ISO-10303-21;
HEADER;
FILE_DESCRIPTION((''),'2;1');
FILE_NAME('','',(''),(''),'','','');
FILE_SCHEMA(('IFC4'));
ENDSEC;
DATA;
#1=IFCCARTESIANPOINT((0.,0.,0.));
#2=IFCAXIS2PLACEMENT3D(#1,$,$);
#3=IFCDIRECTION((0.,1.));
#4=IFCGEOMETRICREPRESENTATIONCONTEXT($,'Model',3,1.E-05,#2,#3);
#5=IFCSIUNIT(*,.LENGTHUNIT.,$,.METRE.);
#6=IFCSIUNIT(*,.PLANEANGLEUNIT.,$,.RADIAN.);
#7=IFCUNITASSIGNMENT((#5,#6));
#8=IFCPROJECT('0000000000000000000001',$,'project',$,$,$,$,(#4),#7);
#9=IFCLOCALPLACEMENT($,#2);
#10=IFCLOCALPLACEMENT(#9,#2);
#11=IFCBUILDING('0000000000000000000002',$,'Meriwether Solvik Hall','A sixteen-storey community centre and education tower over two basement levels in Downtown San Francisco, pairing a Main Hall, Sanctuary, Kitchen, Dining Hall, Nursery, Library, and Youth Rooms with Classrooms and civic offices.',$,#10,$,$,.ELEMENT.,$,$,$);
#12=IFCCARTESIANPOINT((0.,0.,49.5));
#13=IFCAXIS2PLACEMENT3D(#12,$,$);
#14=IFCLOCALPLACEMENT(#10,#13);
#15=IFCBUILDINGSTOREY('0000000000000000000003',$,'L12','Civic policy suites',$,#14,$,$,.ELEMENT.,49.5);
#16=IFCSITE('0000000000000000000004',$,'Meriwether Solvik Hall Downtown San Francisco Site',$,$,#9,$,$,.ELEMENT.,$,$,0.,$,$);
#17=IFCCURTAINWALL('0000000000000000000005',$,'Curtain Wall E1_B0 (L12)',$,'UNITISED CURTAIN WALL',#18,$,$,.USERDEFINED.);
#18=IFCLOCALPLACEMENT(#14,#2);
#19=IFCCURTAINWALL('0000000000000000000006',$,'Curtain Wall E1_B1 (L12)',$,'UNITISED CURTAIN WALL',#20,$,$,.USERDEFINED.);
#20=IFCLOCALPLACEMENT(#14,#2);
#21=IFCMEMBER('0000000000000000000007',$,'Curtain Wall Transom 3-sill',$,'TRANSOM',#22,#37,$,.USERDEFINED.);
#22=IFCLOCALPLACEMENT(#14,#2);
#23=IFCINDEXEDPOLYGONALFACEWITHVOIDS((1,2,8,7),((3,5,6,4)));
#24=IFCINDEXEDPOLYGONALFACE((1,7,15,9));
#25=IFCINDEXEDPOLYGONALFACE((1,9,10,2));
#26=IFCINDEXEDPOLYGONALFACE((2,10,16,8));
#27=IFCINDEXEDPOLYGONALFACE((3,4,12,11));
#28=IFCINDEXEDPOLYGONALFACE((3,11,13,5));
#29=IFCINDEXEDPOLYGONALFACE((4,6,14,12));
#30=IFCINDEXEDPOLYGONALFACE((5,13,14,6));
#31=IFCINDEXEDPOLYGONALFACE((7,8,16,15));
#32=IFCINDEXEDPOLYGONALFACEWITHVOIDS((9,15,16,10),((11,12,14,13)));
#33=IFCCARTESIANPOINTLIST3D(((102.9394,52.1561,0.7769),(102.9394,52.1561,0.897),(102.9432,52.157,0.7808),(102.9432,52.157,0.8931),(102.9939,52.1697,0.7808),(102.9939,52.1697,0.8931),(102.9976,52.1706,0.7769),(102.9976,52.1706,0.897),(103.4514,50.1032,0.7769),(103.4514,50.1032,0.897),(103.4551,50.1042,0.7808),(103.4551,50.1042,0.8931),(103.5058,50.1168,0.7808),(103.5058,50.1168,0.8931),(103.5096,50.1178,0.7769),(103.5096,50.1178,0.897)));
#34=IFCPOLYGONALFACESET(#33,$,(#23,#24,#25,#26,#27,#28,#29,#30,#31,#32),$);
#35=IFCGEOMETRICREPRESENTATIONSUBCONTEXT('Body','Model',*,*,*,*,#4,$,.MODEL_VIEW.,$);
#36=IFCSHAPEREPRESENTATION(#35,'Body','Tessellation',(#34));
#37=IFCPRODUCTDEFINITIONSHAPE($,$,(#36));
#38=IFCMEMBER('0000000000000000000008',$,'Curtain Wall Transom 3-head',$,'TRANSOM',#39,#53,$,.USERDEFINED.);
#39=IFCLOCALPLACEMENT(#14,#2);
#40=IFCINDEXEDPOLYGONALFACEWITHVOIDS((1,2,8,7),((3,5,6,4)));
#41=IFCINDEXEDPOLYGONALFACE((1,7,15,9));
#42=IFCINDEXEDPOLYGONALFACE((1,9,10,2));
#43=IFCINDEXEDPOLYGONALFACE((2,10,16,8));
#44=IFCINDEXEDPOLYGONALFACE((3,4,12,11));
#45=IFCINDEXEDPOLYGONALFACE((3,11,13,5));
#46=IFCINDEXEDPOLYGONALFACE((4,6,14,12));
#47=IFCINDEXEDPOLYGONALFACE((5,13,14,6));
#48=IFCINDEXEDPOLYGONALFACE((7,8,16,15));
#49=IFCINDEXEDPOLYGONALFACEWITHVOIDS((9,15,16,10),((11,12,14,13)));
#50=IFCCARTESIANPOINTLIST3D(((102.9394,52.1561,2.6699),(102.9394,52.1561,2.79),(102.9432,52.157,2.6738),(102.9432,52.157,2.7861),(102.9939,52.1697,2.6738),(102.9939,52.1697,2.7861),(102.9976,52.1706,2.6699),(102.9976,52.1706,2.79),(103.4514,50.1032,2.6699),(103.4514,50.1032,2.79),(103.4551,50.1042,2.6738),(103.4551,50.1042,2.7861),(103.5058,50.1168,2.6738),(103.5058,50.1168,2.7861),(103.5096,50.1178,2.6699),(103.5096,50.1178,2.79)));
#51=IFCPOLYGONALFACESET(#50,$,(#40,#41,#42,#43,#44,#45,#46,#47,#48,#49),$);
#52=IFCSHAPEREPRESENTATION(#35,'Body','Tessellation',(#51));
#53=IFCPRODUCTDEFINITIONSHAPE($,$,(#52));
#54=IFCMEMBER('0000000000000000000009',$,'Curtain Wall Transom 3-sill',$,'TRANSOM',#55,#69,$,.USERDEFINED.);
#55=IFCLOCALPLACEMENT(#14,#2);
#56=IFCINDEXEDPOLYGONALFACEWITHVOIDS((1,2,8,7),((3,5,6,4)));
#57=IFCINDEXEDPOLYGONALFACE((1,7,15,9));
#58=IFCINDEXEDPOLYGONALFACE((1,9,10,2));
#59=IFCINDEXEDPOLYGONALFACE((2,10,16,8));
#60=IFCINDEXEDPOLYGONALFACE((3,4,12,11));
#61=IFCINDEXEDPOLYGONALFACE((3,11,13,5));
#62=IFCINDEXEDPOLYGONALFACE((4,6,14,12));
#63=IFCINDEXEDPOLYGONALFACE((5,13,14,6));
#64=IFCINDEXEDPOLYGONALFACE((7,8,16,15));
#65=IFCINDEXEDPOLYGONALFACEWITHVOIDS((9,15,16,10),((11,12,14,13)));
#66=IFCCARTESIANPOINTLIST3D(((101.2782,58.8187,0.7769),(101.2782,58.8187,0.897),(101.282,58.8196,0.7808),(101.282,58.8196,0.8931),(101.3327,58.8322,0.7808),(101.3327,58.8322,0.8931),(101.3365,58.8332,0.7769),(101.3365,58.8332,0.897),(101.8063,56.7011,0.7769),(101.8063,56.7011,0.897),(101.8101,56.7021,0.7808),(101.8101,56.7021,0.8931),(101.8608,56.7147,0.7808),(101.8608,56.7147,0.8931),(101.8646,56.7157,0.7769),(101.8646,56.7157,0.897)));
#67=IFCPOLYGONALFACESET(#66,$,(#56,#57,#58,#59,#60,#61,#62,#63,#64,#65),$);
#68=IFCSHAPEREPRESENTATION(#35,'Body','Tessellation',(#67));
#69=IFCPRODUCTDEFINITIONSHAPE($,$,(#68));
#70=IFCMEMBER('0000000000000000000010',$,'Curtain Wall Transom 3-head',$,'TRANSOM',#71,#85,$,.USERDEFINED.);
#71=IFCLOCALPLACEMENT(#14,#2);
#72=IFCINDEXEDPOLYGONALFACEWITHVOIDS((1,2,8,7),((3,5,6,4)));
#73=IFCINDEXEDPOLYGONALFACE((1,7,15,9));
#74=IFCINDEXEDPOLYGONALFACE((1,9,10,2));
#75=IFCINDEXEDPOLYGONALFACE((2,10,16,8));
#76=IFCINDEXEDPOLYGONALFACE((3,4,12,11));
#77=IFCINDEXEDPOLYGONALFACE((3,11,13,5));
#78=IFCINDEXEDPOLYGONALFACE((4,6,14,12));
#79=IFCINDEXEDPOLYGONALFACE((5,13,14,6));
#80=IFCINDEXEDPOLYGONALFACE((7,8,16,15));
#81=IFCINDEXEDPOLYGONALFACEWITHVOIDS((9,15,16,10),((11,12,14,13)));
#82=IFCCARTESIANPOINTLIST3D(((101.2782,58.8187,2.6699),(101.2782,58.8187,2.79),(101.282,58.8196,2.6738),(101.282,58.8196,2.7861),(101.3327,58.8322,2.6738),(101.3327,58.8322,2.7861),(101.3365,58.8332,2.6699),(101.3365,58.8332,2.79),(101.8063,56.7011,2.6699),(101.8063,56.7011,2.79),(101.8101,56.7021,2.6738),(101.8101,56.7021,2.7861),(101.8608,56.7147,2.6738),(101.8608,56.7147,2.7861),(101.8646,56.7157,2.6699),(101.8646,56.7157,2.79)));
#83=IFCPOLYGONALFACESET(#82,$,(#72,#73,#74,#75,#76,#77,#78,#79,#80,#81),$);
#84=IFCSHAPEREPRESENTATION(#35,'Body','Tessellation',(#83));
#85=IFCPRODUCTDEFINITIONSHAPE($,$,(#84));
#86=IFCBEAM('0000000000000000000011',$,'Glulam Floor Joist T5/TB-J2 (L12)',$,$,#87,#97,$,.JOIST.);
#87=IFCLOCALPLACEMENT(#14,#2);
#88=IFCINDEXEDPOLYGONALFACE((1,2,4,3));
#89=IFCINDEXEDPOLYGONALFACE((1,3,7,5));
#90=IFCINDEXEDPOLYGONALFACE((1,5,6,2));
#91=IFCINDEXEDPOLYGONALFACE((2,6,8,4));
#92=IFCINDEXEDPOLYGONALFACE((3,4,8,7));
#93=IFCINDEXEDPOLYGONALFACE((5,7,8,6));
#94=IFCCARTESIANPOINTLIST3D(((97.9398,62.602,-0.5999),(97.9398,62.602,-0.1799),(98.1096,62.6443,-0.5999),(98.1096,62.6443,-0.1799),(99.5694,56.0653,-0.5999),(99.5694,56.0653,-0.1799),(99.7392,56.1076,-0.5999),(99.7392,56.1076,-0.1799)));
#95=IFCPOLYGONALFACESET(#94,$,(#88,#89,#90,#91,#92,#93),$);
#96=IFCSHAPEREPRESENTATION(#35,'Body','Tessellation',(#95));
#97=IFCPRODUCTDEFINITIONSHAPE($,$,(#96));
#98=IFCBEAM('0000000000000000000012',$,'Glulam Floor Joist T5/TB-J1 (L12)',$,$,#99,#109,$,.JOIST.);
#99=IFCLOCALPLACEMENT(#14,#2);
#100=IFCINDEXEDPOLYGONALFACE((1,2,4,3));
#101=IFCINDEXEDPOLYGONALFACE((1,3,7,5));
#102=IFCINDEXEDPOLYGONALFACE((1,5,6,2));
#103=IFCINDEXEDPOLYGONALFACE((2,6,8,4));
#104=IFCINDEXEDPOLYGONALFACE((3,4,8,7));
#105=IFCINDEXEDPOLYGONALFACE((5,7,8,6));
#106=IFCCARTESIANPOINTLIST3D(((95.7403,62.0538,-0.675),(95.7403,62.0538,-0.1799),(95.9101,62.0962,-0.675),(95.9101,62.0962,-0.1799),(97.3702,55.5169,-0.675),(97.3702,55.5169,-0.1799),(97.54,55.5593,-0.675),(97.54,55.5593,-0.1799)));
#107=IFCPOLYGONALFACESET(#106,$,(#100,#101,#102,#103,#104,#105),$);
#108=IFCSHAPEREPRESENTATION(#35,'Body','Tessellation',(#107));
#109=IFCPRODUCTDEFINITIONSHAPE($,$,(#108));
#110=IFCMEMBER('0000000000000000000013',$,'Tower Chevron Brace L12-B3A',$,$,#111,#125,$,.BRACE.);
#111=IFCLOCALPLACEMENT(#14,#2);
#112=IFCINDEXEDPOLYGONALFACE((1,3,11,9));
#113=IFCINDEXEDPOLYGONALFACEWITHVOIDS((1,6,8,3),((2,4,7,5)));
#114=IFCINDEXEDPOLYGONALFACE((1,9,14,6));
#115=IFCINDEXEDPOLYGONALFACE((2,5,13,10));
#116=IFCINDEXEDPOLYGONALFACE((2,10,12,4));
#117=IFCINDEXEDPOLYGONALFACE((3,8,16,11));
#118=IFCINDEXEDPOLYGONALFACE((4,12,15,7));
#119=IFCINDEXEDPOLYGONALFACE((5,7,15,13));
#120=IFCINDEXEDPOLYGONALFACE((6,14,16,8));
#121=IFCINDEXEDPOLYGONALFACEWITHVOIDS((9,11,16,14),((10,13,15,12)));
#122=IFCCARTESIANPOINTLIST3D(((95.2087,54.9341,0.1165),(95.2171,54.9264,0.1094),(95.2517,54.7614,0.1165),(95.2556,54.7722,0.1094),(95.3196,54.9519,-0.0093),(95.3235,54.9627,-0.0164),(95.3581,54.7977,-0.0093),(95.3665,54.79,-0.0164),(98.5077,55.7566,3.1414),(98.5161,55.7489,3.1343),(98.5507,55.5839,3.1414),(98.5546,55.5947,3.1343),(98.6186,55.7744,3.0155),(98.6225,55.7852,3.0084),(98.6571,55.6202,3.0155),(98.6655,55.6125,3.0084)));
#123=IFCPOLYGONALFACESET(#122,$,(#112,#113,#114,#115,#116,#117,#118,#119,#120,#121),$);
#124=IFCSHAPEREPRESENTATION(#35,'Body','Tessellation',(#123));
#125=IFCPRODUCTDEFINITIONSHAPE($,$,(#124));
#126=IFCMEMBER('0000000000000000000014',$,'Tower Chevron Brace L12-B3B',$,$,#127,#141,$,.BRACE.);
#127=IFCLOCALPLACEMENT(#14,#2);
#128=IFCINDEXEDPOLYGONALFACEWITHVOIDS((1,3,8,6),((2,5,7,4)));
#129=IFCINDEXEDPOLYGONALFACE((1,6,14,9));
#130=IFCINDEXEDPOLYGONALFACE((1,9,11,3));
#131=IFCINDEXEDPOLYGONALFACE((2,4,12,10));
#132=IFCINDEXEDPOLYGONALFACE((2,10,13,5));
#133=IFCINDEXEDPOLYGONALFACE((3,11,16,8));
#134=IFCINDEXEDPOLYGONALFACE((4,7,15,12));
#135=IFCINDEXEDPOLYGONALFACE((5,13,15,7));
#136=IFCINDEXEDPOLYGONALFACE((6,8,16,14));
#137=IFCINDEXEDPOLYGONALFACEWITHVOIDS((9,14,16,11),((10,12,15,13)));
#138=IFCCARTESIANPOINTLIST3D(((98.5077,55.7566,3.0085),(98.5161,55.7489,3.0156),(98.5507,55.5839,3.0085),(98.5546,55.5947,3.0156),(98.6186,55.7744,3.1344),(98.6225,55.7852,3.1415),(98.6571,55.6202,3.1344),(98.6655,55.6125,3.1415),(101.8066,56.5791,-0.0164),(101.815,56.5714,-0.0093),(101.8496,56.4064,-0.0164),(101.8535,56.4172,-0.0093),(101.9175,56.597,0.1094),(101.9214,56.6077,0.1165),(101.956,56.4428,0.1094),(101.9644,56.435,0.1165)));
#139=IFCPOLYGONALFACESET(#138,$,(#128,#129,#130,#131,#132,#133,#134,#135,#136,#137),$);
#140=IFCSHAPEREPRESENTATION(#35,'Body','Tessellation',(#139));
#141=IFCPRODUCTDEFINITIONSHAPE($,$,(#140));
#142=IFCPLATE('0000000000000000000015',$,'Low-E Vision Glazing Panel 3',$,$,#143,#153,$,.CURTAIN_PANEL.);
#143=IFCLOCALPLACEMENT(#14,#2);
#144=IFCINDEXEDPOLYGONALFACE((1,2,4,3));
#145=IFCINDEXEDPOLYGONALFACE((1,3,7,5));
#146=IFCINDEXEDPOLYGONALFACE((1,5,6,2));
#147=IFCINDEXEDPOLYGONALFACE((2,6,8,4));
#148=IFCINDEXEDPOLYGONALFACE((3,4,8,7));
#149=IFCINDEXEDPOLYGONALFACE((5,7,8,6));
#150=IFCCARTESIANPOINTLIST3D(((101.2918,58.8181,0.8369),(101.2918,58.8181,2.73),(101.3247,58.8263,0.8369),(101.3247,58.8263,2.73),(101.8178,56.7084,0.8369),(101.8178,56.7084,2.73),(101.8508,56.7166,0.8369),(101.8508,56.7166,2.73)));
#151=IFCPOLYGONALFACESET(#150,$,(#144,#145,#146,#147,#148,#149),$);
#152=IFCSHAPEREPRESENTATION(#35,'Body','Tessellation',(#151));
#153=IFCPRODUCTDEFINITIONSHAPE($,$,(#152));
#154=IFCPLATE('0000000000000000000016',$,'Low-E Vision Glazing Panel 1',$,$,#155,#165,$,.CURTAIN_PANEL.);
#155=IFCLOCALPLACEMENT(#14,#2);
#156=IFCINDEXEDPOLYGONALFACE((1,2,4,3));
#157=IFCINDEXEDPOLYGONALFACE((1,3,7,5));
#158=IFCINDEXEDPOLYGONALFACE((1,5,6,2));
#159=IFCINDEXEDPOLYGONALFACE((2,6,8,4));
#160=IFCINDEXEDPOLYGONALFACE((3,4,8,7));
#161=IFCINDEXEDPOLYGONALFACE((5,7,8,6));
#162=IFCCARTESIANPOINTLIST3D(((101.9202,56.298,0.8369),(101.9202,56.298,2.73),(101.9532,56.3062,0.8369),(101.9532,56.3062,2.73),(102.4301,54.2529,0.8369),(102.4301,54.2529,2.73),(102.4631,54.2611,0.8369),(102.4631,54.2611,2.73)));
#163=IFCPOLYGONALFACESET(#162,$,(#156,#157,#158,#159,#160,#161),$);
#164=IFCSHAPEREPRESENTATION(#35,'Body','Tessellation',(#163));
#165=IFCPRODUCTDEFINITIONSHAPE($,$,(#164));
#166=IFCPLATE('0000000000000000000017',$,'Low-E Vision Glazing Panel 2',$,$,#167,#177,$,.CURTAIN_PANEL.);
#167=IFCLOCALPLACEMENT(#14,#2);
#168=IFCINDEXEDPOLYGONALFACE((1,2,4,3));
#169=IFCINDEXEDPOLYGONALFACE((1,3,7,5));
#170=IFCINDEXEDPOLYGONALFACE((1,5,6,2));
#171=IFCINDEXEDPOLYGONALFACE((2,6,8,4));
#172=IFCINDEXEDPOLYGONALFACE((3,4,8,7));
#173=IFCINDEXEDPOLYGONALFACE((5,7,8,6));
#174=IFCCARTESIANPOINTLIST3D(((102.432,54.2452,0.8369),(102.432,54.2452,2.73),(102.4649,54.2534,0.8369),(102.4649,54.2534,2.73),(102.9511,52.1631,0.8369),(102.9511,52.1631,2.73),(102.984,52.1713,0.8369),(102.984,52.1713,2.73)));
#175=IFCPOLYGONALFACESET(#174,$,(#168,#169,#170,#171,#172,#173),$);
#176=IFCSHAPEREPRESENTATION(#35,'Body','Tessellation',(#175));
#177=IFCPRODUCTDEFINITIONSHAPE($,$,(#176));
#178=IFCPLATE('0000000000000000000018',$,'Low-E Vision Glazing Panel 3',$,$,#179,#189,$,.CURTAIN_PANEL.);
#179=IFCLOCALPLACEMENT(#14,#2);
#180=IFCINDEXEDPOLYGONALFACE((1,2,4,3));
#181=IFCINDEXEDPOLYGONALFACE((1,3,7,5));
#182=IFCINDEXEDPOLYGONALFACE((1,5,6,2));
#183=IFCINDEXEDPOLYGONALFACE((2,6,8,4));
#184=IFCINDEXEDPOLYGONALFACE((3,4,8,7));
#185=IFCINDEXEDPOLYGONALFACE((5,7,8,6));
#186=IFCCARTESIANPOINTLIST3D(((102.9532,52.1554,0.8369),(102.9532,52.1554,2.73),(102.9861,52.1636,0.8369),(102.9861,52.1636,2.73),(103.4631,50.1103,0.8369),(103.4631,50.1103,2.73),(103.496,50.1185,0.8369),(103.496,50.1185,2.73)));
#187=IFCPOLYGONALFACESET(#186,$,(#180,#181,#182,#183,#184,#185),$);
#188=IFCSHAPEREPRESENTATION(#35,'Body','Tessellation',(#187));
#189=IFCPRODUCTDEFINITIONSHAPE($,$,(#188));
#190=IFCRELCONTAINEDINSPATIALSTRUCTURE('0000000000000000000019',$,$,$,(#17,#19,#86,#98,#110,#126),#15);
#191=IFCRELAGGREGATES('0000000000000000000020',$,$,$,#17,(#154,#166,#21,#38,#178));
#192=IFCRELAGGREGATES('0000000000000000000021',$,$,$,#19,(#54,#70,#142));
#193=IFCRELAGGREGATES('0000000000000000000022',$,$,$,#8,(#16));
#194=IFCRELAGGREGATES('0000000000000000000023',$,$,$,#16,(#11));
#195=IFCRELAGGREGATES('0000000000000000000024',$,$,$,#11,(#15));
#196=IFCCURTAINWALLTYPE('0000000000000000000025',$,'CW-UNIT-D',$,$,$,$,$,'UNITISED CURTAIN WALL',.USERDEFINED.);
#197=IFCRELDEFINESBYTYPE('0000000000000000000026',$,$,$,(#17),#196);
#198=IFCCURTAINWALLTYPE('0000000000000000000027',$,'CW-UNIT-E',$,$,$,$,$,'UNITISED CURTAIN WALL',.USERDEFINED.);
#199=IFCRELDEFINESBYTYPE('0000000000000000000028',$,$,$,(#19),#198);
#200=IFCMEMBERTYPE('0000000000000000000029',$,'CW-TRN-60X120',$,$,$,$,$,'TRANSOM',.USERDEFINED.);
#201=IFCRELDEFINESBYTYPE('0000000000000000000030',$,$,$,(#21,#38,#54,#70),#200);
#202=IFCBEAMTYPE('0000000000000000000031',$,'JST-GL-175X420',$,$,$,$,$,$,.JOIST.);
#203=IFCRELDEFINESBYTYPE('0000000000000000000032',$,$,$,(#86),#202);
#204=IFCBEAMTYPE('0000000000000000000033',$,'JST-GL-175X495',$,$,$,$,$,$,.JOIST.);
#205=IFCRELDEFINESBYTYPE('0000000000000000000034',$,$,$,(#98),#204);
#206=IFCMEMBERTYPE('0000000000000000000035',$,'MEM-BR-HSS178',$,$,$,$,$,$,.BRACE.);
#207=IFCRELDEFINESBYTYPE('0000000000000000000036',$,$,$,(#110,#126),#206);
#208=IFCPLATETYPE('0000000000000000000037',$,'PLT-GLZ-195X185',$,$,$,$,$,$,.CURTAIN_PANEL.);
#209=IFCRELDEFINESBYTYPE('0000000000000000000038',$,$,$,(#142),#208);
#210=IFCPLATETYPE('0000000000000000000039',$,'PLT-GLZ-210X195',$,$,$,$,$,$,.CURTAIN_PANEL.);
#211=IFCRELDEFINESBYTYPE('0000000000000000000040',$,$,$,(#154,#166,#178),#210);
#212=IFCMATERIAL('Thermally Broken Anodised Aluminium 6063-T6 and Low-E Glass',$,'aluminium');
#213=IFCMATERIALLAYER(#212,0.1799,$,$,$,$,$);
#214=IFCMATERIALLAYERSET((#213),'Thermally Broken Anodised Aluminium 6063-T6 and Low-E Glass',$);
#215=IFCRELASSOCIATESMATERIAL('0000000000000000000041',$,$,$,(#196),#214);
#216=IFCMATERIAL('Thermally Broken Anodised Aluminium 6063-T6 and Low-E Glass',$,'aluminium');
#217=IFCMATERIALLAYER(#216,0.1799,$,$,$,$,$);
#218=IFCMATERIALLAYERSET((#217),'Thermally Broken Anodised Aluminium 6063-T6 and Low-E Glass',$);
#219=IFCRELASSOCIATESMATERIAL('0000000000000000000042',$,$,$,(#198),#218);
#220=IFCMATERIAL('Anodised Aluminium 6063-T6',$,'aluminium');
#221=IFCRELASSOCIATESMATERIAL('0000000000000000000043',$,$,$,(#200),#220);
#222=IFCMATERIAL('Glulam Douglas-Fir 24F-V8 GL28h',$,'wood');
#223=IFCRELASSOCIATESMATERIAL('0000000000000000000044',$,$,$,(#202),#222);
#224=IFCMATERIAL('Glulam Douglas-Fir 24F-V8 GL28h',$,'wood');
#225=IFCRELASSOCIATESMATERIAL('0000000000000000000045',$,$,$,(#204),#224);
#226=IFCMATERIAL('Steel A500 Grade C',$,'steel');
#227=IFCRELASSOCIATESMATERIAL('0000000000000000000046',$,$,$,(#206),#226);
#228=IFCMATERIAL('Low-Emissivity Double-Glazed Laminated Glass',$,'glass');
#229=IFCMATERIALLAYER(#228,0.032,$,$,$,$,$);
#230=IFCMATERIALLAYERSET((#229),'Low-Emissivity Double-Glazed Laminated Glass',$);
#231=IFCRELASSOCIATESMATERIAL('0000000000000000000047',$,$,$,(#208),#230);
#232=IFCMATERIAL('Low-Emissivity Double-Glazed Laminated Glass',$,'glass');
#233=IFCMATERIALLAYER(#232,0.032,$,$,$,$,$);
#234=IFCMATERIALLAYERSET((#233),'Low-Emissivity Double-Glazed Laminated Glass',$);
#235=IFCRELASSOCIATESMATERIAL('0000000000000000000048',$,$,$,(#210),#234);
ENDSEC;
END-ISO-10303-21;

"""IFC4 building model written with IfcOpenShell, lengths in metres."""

from ifc_helpers import new_model, si_unit, direction, frame, origin, origin_2d, place, context, subcontext, project, spatial, rectangle, hollow_rectangle, extrude, material, layer, layer_set, material_profile, profile_set, type_object, element, aggregate, save


model = new_model("IFC4")

# Units and contexts
model_context = context("Model", 3, precision=1e-05, world=origin(), true_north=direction((0.0, 1.0)))
body_context = subcontext(model_context, "Body", "Model", "MODEL_VIEW")
ifc_project = project(units=[si_unit("LENGTHUNIT", "METRE"), si_unit("PLANEANGLEUNIT", "RADIAN")], contexts=[model_context])

# Site, building, storey
site_placement = place(None, origin())
site = spatial("IfcSite", under=ifc_project, at=site_placement, Name="Meriwether Solvik Hall Downtown San Francisco Site", CompositionType="ELEMENT", RefElevation=0.0)
building_placement = place(site_placement, origin())
building = spatial("IfcBuilding", under=site, at=building_placement, Name="Meriwether Solvik Hall", Description="A sixteen-storey community centre and education tower over two basement levels in Downtown San Francisco, pairing a Main Hall, Sanctuary, Kitchen, Dining Hall, Nursery, Library, and Youth Rooms with Classrooms and civic offices.", CompositionType="ELEMENT")
storey_placement = place(building_placement, frame((0.0, 0.0, 49.5)))
storey = spatial("IfcBuildingStorey", under=building, at=storey_placement, Name="L12", Description="Civic policy suites", CompositionType="ELEMENT", Elevation=49.5)

# Curtain walls
ifc_material_1 = material(Name="Thermally Broken Anodised Aluminium 6063-T6 and Low-E Glass", Category="aluminium")
ifc_layer_1 = layer(ifc_material_1, 0.1799)
ifc_layer_set_1 = layer_set([ifc_layer_1], Name="Thermally Broken Anodised Aluminium 6063-T6 and Low-E Glass")
curtain_wall_type_1 = type_object("IfcCurtainWallType", Name="CW-UNIT-D", ElementType="UNITISED CURTAIN WALL", PredefinedType="USERDEFINED", material=ifc_layer_set_1)
curtain_wall_1_placement = place(storey_placement, origin())
curtain_wall_1 = element("IfcCurtainWall", 1, at=curtain_wall_1_placement, inside=storey, type_object=curtain_wall_type_1, Name="Curtain Wall E1_B0 (L12)", ObjectType="UNITISED CURTAIN WALL", PredefinedType="USERDEFINED")
ifc_material_2 = material(Name="Thermally Broken Anodised Aluminium 6063-T6 and Low-E Glass", Category="aluminium")
ifc_layer_2 = layer(ifc_material_2, 0.1799)
ifc_layer_set_2 = layer_set([ifc_layer_2], Name="Thermally Broken Anodised Aluminium 6063-T6 and Low-E Glass")
curtain_wall_type_2 = type_object("IfcCurtainWallType", Name="CW-UNIT-E", ElementType="UNITISED CURTAIN WALL", PredefinedType="USERDEFINED", material=ifc_layer_set_2)
curtain_wall_2_placement = place(storey_placement, origin())
curtain_wall_2 = element("IfcCurtainWall", 2, at=curtain_wall_2_placement, inside=storey, type_object=curtain_wall_type_2, Name="Curtain Wall E1_B1 (L12)", ObjectType="UNITISED CURTAIN WALL", PredefinedType="USERDEFINED")

# Members
ifc_material_3 = material(Name="Anodised Aluminium 6063-T6", Category="aluminium")
ifc_material_profile_1 = material_profile(ifc_material_3, hollow_rectangle(XDim=0.0601, YDim=0.1201, WallThickness=0.0039, at=origin_2d()), Name="CWT-60X120")
ifc_profile_set_1 = profile_set([ifc_material_profile_1], Name="Anodised Aluminium 6063-T6")
member_type_1 = type_object("IfcMemberType", Name="CW-TRN-60X120", ElementType="TRANSOM", PredefinedType="USERDEFINED", material=ifc_profile_set_1)
member_1_placement = place(storey_placement, frame((102.9685, 52.1633, 0.8369), z_axis=(0.241993, -0.970278, 0.0), x_axis=(0.970278, 0.241993, 0.0)))
member_1 = element("IfcMember", 3, at=member_1_placement, type_object=member_type_1, Name="Curtain Wall Transom 3-sill", ObjectType="TRANSOM", PredefinedType="USERDEFINED", context=body_context, shape_type="SweptSolid", body=[
    extrude(hollow_rectangle(XDim=0.0601, YDim=0.1201, WallThickness=0.0039, at=origin_2d()), origin(), (0.0, 0.0, 1.0), 2.1157),
])
member_2_placement = place(storey_placement, frame((102.9685, 52.1633, 2.73), z_axis=(0.241993, -0.970278, 0.0), x_axis=(0.970278, 0.241993, 0.0)))
member_2 = element("IfcMember", 4, at=member_2_placement, type_object=member_type_1, Name="Curtain Wall Transom 3-head", ObjectType="TRANSOM", PredefinedType="USERDEFINED", context=body_context, shape_type="SweptSolid", body=[
    extrude(hollow_rectangle(XDim=0.0601, YDim=0.1201, WallThickness=0.0039, at=origin_2d()), origin(), (0.0, 0.0, 1.0), 2.1157),
])
member_3_placement = place(storey_placement, frame((101.3074, 58.8259, 0.8369), z_axis=(0.241983, -0.970281, 0.0), x_axis=(0.970281, 0.241983, 0.0)))
member_3 = element("IfcMember", 5, at=member_3_placement, type_object=member_type_1, Name="Curtain Wall Transom 3-sill", ObjectType="TRANSOM", PredefinedType="USERDEFINED", context=body_context, shape_type="SweptSolid", body=[
    extrude(hollow_rectangle(XDim=0.0601, YDim=0.1201, WallThickness=0.0039, at=origin_2d()), origin(), (0.0, 0.0, 1.0), 2.1824),
])
member_4_placement = place(storey_placement, frame((101.3074, 58.8259, 2.73), z_axis=(0.241983, -0.970281, 0.0), x_axis=(0.970281, 0.241983, 0.0)))
member_4 = element("IfcMember", 6, at=member_4_placement, type_object=member_type_1, Name="Curtain Wall Transom 3-head", ObjectType="TRANSOM", PredefinedType="USERDEFINED", context=body_context, shape_type="SweptSolid", body=[
    extrude(hollow_rectangle(XDim=0.0601, YDim=0.1201, WallThickness=0.0039, at=origin_2d()), origin(), (0.0, 0.0, 1.0), 2.1824),
])

# Beams
ifc_material_4 = material(Name="Glulam Douglas-Fir 24F-V8 GL28h", Category="wood")
ifc_material_profile_2 = material_profile(ifc_material_4, rectangle(XDim=0.175, YDim=0.4199, at=origin_2d()), Name="GLJ-175X420")
ifc_profile_set_2 = profile_set([ifc_material_profile_2], Name="Glulam Douglas-Fir 24F-V8 GL28h")
beam_type_1 = type_object("IfcBeamType", Name="JST-GL-175X420", PredefinedType="JOIST", material=ifc_profile_set_2)
beam_1_placement = place(storey_placement, frame((99.6543, 56.0864, -0.3899), z_axis=(-0.241896, 0.970302, 0.0), x_axis=(-0.970302, -0.241896, 0.0)))
element("IfcBeam", 7, at=beam_1_placement, inside=storey, type_object=beam_type_1, Name="Glulam Floor Joist T5/TB-J2 (L12)", PredefinedType="JOIST", context=body_context, shape_type="SweptSolid", body=[
    extrude(rectangle(XDim=0.175, YDim=0.4199, at=origin_2d()), origin(), (0.0, 0.0, 1.0), 6.7368),
])
ifc_material_5 = material(Name="Glulam Douglas-Fir 24F-V8 GL28h", Category="wood")
ifc_material_profile_3 = material_profile(ifc_material_5, rectangle(XDim=0.175, YDim=0.4951, at=origin_2d()), Name="GLJ-175X495")
ifc_profile_set_3 = profile_set([ifc_material_profile_3], Name="Glulam Douglas-Fir 24F-V8 GL28h")
beam_type_2 = type_object("IfcBeamType", Name="JST-GL-175X495", PredefinedType="JOIST", material=ifc_profile_set_3)
beam_2_placement = place(storey_placement, frame((97.4551, 55.5381, -0.4275), z_axis=(-0.24193, 0.970294, 0.0), x_axis=(-0.970294, -0.24193, 0.0)))
element("IfcBeam", 8, at=beam_2_placement, inside=storey, type_object=beam_type_2, Name="Glulam Floor Joist T5/TB-J1 (L12)", PredefinedType="JOIST", context=body_context, shape_type="SweptSolid", body=[
    extrude(rectangle(XDim=0.175, YDim=0.4951, at=origin_2d()), origin(), (0.0, 0.0, 1.0), 6.7371),
])

# Members
ifc_material_6 = material(Name="Steel A500 Grade C", Category="steel")
ifc_material_profile_4 = material_profile(ifc_material_6, hollow_rectangle(XDim=0.178, YDim=0.178, WallThickness=0.0095, at=origin_2d()), Name="HSS178X178X9.5")
ifc_profile_set_4 = profile_set([ifc_material_profile_4], Name="Steel A500 Grade C")
member_type_2 = type_object("IfcMemberType", Name="MEM-BR-HSS178", PredefinedType="BRACE", material=ifc_profile_set_4)
for number, where, z_axis, x_axis, name in (
    (9, (95.2876, 54.8621, 0.05), (0.724932, 0.180737, 0.664686), (-0.24191, 0.970299, 0.0), "Tower Chevron Brace L12-B3A"),
    (10, (101.8855, 56.5071, 0.05), (-0.724906, -0.180744, 0.664712), (0.241927, -0.970294, 0.0), "Tower Chevron Brace L12-B3B"),
):
    element("IfcMember", number, at=place(storey_placement, frame(where, z_axis=z_axis, x_axis=x_axis)), inside=storey, type_object=member_type_2, Name=name, PredefinedType="BRACE", context=body_context, shape_type="SweptSolid", body=[
        extrude(hollow_rectangle(XDim=0.178, YDim=0.178, WallThickness=0.0095, at=origin_2d()), origin(), (0.0, 0.0, 1.0), 4.5508),
    ])

# Plates
ifc_material_7 = material(Name="Low-Emissivity Double-Glazed Laminated Glass", Category="glass")
ifc_layer_3 = layer(ifc_material_7, 0.032)
ifc_layer_set_3 = layer_set([ifc_layer_3], Name="Low-Emissivity Double-Glazed Laminated Glass")
plate_type_1 = type_object("IfcPlateType", Name="PLT-GLZ-195X185", PredefinedType="CURTAIN_PANEL", material=ifc_layer_set_3)
plate_1_placement = place(storey_placement, frame((101.5713, 57.7673, 0.8369), z_axis=(0.0, 0.0, 1.0), x_axis=(0.241922, -0.970296, 0.0)))
plate_1 = element("IfcPlate", 11, at=plate_1_placement, type_object=plate_type_1, Name="Low-E Vision Glazing Panel 3", PredefinedType="CURTAIN_PANEL", context=body_context, shape_type="SweptSolid", body=[
    extrude(rectangle(XDim=2.1743, YDim=0.0339, at=origin_2d()), origin(), (0.0, 0.0, 1.0), 1.8931),
])
ifc_material_8 = material(Name="Low-Emissivity Double-Glazed Laminated Glass", Category="glass")
ifc_layer_4 = layer(ifc_material_8, 0.032)
ifc_layer_set_4 = layer_set([ifc_layer_4], Name="Low-Emissivity Double-Glazed Laminated Glass")
plate_type_2 = type_object("IfcPlateType", Name="PLT-GLZ-210X195", PredefinedType="CURTAIN_PANEL", material=ifc_layer_set_4)
plate_2_placement = place(storey_placement, frame((102.1917, 55.2795, 0.8369), z_axis=(0.0, 0.0, 1.0), x_axis=(0.241922, -0.970296, 0.0)))
plate_2 = element("IfcPlate", 12, at=plate_2_placement, type_object=plate_type_2, Name="Low-E Vision Glazing Panel 1", PredefinedType="CURTAIN_PANEL", context=body_context, shape_type="SweptSolid", body=[
    extrude(rectangle(XDim=2.1077, YDim=0.0339, at=origin_2d()), origin(), (0.0, 0.0, 1.0), 1.8931),
])
plate_3_placement = place(storey_placement, frame((102.708, 53.2083, 0.8369), z_axis=(0.0, 0.0, 1.0), x_axis=(0.241922, -0.970296, 0.0)))
plate_3 = element("IfcPlate", 13, at=plate_3_placement, type_object=plate_type_2, Name="Low-E Vision Glazing Panel 2", PredefinedType="CURTAIN_PANEL", context=body_context, shape_type="SweptSolid", body=[
    extrude(rectangle(XDim=2.1458, YDim=0.0339, at=origin_2d()), origin(), (0.0, 0.0, 1.0), 1.8931),
])
plate_4_placement = place(storey_placement, frame((103.2246, 51.137, 0.8369), z_axis=(0.0, 0.0, 1.0), x_axis=(0.241922, -0.970296, 0.0)))
plate_4 = element("IfcPlate", 14, at=plate_4_placement, type_object=plate_type_2, Name="Low-E Vision Glazing Panel 3", PredefinedType="CURTAIN_PANEL", context=body_context, shape_type="SweptSolid", body=[
    extrude(rectangle(XDim=2.1077, YDim=0.0339, at=origin_2d()), origin(), (0.0, 0.0, 1.0), 1.8931),
])
aggregate(curtain_wall_1, [plate_2, plate_3, member_1, member_2, plate_4])
aggregate(curtain_wall_2, [member_3, member_4, plate_1])

save(model, "model.ifc")
